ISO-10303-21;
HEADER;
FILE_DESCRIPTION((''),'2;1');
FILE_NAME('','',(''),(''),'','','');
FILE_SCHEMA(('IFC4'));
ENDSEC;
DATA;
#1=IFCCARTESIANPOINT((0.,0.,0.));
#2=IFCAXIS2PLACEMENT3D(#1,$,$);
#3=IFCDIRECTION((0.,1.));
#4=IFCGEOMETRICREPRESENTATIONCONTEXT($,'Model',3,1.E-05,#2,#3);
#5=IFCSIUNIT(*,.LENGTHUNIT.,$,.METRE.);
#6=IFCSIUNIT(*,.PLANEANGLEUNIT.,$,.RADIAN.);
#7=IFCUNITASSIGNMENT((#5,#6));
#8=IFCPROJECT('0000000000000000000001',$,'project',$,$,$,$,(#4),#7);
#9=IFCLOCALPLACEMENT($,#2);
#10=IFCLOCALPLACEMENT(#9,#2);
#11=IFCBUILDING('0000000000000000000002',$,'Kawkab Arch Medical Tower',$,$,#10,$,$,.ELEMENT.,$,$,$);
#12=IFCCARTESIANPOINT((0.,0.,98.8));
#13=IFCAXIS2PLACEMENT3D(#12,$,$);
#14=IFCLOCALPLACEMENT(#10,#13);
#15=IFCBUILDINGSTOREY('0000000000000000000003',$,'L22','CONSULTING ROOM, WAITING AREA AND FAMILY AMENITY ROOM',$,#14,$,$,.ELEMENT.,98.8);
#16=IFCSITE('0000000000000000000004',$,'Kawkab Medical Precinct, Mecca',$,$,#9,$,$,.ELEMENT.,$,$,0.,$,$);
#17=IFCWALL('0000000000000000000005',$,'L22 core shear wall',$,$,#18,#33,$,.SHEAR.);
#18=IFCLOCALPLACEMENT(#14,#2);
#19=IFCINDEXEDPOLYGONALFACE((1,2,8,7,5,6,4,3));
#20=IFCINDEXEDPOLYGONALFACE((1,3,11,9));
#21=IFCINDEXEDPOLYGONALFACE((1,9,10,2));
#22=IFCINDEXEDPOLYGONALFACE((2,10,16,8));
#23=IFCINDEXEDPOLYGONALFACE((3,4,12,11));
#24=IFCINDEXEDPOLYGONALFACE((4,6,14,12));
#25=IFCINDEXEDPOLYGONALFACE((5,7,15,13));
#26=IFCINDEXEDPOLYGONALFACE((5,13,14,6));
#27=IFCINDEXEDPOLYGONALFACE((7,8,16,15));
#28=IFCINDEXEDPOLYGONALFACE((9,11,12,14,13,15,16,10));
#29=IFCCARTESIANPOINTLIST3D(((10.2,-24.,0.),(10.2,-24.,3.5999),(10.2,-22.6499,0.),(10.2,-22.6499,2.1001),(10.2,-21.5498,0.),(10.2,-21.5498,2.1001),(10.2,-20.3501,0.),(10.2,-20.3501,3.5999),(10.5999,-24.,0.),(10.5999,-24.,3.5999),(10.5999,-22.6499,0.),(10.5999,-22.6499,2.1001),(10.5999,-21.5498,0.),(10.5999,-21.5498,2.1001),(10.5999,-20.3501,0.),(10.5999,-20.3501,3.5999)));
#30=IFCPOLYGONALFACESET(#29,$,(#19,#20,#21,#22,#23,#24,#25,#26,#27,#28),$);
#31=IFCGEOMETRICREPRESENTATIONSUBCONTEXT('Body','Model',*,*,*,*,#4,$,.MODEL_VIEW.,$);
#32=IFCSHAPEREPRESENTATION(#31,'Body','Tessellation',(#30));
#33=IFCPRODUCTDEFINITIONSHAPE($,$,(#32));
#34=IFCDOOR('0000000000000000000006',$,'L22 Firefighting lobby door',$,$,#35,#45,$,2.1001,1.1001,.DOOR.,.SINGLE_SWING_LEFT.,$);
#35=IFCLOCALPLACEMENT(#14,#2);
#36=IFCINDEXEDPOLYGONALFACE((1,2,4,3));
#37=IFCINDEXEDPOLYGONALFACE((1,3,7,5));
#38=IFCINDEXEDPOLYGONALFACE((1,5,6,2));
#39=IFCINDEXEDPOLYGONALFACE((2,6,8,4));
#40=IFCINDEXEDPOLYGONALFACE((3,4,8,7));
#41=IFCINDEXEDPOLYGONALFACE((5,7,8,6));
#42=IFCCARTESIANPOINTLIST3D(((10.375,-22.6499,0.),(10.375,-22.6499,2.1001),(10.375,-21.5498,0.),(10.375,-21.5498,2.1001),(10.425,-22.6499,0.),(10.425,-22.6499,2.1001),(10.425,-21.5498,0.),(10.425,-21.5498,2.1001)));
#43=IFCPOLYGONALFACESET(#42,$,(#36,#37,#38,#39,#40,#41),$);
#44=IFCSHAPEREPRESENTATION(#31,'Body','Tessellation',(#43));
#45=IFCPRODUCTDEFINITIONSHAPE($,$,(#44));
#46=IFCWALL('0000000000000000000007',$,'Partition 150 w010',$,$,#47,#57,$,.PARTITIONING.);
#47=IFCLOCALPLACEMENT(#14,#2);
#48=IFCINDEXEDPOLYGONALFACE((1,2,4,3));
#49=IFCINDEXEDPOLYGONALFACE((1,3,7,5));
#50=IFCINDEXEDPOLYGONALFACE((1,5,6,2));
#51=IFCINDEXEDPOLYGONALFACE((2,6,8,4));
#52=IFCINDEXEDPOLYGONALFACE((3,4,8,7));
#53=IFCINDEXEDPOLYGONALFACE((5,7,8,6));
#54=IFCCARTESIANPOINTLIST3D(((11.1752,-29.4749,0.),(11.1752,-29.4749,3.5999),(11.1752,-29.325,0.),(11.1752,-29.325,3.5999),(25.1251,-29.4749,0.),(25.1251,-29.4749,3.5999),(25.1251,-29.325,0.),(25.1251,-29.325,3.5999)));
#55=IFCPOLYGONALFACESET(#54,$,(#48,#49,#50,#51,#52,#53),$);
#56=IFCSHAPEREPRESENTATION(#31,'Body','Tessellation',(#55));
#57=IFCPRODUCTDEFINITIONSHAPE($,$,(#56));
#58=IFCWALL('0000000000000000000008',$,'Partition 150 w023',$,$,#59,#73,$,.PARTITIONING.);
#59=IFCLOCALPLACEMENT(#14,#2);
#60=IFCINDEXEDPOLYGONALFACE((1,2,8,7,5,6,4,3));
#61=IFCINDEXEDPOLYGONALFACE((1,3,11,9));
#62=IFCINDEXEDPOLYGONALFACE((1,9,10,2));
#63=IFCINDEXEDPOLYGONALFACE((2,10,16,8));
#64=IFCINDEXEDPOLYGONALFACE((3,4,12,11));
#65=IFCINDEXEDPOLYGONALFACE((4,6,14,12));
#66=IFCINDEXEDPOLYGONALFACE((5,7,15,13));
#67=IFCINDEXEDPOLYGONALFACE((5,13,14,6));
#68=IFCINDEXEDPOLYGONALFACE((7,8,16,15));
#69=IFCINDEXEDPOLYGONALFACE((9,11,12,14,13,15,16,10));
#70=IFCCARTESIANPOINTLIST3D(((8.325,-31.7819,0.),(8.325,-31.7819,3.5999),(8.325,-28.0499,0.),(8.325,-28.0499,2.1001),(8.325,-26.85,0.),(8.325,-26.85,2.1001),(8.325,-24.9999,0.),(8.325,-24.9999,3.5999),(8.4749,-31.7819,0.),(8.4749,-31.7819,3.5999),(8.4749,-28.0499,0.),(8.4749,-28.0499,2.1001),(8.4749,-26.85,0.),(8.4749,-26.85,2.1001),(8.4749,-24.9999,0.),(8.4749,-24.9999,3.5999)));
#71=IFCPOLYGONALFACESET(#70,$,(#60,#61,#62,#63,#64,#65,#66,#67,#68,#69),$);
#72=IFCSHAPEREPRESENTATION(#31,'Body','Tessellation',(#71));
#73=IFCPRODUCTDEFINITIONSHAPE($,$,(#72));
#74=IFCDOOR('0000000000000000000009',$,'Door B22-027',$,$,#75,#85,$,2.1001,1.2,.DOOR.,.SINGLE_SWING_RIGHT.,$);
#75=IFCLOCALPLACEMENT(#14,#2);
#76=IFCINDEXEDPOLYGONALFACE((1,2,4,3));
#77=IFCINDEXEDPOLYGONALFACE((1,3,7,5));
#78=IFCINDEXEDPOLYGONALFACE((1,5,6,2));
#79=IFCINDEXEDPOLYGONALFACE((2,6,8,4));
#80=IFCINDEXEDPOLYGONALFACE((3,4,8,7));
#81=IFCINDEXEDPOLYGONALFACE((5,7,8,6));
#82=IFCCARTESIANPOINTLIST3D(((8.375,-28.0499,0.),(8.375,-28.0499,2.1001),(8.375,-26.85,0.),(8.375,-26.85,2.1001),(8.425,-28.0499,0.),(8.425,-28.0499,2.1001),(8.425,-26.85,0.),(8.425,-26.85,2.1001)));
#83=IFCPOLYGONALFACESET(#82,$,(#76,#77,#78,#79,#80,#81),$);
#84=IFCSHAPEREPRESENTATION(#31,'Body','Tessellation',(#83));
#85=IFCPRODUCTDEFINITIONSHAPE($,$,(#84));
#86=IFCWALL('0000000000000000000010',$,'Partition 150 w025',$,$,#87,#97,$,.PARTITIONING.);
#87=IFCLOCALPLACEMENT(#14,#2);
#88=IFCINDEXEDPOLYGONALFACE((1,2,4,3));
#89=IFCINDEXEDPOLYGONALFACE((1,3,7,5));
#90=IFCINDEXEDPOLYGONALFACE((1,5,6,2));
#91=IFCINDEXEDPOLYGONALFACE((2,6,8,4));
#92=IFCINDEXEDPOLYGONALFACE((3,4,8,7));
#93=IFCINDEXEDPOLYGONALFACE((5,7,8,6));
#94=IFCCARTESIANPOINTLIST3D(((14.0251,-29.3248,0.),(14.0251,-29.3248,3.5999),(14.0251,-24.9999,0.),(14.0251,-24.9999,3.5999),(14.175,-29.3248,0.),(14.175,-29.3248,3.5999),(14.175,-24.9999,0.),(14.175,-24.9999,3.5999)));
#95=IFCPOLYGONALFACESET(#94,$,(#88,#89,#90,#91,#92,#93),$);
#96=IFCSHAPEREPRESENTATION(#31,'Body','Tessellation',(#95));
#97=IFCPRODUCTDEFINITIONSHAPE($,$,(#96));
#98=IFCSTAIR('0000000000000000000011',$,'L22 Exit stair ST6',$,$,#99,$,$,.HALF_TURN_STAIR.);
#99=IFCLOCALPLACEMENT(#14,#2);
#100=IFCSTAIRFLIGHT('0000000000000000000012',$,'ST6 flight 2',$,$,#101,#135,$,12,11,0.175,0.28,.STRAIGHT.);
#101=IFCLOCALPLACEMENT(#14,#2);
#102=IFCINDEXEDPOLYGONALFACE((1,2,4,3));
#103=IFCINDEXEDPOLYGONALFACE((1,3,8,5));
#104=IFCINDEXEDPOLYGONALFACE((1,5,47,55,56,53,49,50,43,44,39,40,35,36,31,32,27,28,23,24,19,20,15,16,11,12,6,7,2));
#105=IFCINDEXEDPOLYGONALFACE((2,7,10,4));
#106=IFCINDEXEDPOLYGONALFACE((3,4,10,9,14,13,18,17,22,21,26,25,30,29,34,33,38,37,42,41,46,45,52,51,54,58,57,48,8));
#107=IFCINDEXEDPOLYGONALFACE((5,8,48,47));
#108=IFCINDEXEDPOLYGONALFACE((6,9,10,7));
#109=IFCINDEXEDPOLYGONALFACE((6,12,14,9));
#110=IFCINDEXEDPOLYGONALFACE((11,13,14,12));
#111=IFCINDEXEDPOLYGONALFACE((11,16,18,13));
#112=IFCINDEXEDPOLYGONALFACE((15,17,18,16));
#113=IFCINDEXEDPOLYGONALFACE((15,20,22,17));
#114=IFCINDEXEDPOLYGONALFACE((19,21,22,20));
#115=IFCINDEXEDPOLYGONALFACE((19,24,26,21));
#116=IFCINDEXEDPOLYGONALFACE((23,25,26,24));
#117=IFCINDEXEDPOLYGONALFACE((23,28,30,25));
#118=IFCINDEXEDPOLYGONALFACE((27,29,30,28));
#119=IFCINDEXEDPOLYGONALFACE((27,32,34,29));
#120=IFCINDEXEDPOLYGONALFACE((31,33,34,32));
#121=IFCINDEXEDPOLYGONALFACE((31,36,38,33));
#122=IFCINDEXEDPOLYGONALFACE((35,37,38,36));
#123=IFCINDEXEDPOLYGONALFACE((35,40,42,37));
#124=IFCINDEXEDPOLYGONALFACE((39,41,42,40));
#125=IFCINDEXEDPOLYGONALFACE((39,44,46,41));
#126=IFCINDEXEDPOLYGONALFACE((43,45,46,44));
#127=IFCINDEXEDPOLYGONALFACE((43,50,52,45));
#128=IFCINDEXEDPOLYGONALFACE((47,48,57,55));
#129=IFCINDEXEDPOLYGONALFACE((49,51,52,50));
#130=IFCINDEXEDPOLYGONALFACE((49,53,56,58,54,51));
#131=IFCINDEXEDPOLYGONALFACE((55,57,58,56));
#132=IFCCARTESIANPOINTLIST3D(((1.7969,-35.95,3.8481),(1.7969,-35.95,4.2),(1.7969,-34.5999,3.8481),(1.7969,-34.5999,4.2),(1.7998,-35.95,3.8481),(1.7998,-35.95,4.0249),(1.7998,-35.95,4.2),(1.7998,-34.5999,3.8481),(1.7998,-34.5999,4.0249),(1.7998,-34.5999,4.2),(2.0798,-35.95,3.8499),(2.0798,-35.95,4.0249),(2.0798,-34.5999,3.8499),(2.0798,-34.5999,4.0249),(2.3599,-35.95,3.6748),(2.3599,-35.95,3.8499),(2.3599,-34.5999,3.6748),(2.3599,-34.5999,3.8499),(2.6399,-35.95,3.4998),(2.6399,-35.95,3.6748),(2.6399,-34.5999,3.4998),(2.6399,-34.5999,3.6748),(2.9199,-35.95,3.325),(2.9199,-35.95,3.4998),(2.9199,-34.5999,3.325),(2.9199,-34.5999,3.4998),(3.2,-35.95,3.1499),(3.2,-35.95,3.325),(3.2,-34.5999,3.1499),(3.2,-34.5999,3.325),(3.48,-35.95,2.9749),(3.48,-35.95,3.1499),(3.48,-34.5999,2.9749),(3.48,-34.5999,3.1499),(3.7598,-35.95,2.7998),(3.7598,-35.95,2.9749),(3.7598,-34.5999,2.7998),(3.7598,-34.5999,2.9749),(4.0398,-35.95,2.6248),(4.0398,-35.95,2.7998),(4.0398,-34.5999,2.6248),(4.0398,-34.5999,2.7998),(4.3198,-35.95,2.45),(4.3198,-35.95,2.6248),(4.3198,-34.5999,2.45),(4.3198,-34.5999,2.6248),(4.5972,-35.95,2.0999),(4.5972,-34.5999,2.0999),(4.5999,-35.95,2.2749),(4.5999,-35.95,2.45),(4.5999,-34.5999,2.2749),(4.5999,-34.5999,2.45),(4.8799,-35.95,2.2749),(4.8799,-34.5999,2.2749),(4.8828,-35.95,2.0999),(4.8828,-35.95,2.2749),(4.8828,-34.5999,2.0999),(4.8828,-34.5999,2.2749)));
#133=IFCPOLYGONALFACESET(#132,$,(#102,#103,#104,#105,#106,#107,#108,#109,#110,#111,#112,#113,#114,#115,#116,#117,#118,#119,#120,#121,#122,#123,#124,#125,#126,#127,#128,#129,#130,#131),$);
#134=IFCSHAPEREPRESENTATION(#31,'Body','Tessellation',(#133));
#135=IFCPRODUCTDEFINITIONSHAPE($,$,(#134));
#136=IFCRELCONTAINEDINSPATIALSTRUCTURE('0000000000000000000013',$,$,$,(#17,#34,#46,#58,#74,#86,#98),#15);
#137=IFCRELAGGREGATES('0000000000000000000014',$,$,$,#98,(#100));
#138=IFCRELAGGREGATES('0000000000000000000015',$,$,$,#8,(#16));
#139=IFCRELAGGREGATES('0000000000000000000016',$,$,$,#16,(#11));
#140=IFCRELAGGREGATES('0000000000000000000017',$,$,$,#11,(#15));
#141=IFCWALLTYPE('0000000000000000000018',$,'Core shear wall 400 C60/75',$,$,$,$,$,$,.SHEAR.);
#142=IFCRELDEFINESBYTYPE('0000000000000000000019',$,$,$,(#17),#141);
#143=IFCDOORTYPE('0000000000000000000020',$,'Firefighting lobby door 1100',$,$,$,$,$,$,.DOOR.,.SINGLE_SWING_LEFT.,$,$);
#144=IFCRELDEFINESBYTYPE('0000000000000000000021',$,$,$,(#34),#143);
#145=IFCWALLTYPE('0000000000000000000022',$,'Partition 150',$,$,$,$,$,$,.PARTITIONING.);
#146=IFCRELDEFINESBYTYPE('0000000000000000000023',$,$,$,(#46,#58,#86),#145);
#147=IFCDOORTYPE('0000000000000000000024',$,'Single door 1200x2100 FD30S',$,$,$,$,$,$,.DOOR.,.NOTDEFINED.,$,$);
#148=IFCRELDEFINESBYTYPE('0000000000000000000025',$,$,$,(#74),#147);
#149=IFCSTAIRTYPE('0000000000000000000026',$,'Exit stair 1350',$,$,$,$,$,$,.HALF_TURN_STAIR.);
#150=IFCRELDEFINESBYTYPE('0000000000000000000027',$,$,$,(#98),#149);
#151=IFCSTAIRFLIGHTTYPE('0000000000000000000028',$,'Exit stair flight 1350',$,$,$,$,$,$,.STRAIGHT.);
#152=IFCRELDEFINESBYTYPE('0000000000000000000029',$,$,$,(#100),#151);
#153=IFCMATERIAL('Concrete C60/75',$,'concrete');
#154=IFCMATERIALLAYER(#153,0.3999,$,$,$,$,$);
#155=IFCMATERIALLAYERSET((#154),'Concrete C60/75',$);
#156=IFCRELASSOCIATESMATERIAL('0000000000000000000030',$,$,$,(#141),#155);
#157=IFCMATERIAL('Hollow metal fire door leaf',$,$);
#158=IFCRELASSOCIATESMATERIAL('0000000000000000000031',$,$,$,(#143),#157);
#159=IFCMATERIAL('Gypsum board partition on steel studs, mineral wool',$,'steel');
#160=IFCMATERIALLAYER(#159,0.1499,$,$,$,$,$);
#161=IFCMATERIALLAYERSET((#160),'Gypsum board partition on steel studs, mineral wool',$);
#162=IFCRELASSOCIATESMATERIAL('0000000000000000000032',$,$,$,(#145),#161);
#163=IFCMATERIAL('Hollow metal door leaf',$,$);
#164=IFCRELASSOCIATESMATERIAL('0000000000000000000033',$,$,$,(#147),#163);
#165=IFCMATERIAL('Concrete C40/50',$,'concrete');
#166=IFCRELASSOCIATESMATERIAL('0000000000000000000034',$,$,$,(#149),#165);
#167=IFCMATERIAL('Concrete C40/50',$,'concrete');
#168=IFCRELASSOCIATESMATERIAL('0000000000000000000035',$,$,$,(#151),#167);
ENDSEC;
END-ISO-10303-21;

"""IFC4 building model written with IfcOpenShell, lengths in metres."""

from ifc_helpers import new_model, si_unit, direction, frame, frame_2d, origin, place, context, subcontext, project, spatial, polyline, rectangle, outline, extrude, material, layer, layer_set, type_object, element, fill, aggregate, save


model = new_model("IFC4")

# Units and contexts
model_context = context("Model", 3, precision=1e-05, world=origin(), true_north=direction((0.0, 1.0)))
body_context = subcontext(model_context, "Body", "Model", "MODEL_VIEW")
ifc_project = project(units=[si_unit("LENGTHUNIT", "METRE"), si_unit("PLANEANGLEUNIT", "RADIAN")], contexts=[model_context])

# Site, building, storey
site_placement = place(None, origin())
site = spatial("IfcSite", under=ifc_project, at=site_placement, Name="Kawkab Medical Precinct, Mecca", CompositionType="ELEMENT", RefElevation=0.0)
building_placement = place(site_placement, origin())
building = spatial("IfcBuilding", under=site, at=building_placement, Name="Kawkab Arch Medical Tower", CompositionType="ELEMENT")
storey_placement = place(building_placement, frame((0.0, 0.0, 98.8)))
storey = spatial("IfcBuildingStorey", under=building, at=storey_placement, Name="L22", Description="CONSULTING ROOM, WAITING AREA AND FAMILY AMENITY ROOM", CompositionType="ELEMENT", Elevation=98.8)

# Shared definitions
placement = place(storey_placement, origin())

# Wall, opening, door
ifc_material_1 = material(Name="Concrete C60/75", Category="concrete")
ifc_layer_1 = layer(ifc_material_1, 0.3999)
ifc_layer_set_1 = layer_set([ifc_layer_1], Name="Concrete C60/75")
wall_type_1 = type_object("IfcWallType", Name="Core shear wall 400 C60/75", PredefinedType="SHEAR", material=ifc_layer_set_1)
wall_1_placement = place(storey_placement, frame((10.3999, -24.0, 0.0), z_axis=(0.0, 0.0, 1.0), x_axis=(0.0, 1.0, 0.0)))
wall_1 = element("IfcWall", 1, at=wall_1_placement, inside=storey, type_object=wall_type_1, Name="L22 core shear wall", PredefinedType="SHEAR", context=body_context, shape_type="SweptSolid", body=[
    extrude(rectangle(XDim=3.6499, YDim=0.3999, at=frame_2d((1.825, 0.0))), origin(), (0.0, 0.0, 1.0), 3.5999),
])
opening_1_placement = place(wall_1_placement, frame((1.3501, 0.0, 0.0)))
opening_1 = element("IfcOpeningElement", 2, at=opening_1_placement, cuts=wall_1, PredefinedType="OPENING", context=body_context, shape_type="SweptSolid", body=[
    extrude(rectangle(XDim=1.1001, YDim=2.1001, at=frame_2d((0.55, 1.05))), frame((0.0, 0.21, 0.0), z_axis=(0.0, -1.0, 0.0), x_axis=(1.0, 0.0, 0.0)), (0.0, 0.0, 1.0), 0.4199),
])
ifc_material_2 = material(Name="Hollow metal fire door leaf")
door_type_1 = type_object("IfcDoorType", Name="Firefighting lobby door 1100", OperationType="SINGLE_SWING_LEFT", PredefinedType="DOOR", material=ifc_material_2)
door_1_placement = place(opening_1_placement, origin())
door_1 = element("IfcDoor", 3, at=door_1_placement, inside=storey, type_object=door_type_1, Name="L22 Firefighting lobby door", OperationType="SINGLE_SWING_LEFT", OverallHeight=2.1001, OverallWidth=1.1001, PredefinedType="DOOR", context=body_context, shape_type="SweptSolid", body=[
    extrude(rectangle(XDim=1.1001, YDim=2.1001, at=frame_2d((0.55, 1.05))), frame((0.0, 0.0249, 0.0), z_axis=(0.0, -1.0, 0.0), x_axis=(1.0, 0.0, 0.0)), (0.0, 0.0, 1.0), 0.05),
])
fill(opening_1, door_1)

# Wall
ifc_material_3 = material(Name="Gypsum board partition on steel studs, mineral wool", Category="steel")
ifc_layer_2 = layer(ifc_material_3, 0.1499)
ifc_layer_set_2 = layer_set([ifc_layer_2], Name="Gypsum board partition on steel studs, mineral wool")
wall_type_2 = type_object("IfcWallType", Name="Partition 150", PredefinedType="PARTITIONING", material=ifc_layer_set_2)
wall_2_placement = place(storey_placement, frame((11.175, -29.3999, 0.0), z_axis=(0.0, 0.0, 1.0), x_axis=(1.0, 0.0, 0.0)))
element("IfcWall", 4, at=wall_2_placement, inside=storey, type_object=wall_type_2, Name="Partition 150 w010", PredefinedType="PARTITIONING", context=body_context, shape_type="SweptSolid", body=[
    extrude(rectangle(XDim=13.95, YDim=0.1499, at=frame_2d((6.9751, 0.0))), origin(), (0.0, 0.0, 1.0), 3.5999),
])

# Wall, opening, door
wall_3_placement = place(storey_placement, frame((8.3999, -31.782, 0.0), z_axis=(0.0, 0.0, 1.0), x_axis=(0.0, 1.0, 0.0)))
wall_3 = element("IfcWall", 5, at=wall_3_placement, inside=storey, type_object=wall_type_2, Name="Partition 150 w023", PredefinedType="PARTITIONING", context=body_context, shape_type="SweptSolid", body=[
    extrude(rectangle(XDim=6.782, YDim=0.1499, at=frame_2d((3.3911, 0.0))), origin(), (0.0, 0.0, 1.0), 3.5999),
])
opening_2_placement = place(wall_3_placement, frame((3.7319, 0.0, 0.0)))
opening_2 = element("IfcOpeningElement", 6, at=opening_2_placement, cuts=wall_3, PredefinedType="OPENING", context=body_context, shape_type="SweptSolid", body=[
    extrude(rectangle(XDim=1.2, YDim=2.1001, at=frame_2d((0.6001, 1.05))), frame((0.0, 0.085, 0.0), z_axis=(0.0, -1.0, 0.0), x_axis=(1.0, 0.0, 0.0)), (0.0, 0.0, 1.0), 0.1699),
])
ifc_material_4 = material(Name="Hollow metal door leaf")
door_type_2 = type_object("IfcDoorType", Name="Single door 1200x2100 FD30S", OperationType="NOTDEFINED", PredefinedType="DOOR", material=ifc_material_4)
door_2_placement = place(opening_2_placement, origin())
door_2 = element("IfcDoor", 7, at=door_2_placement, inside=storey, type_object=door_type_2, Name="Door B22-027", OperationType="SINGLE_SWING_RIGHT", OverallHeight=2.1001, OverallWidth=1.2, PredefinedType="DOOR", context=body_context, shape_type="SweptSolid", body=[
    extrude(rectangle(XDim=1.2, YDim=2.1001, at=frame_2d((0.6001, 1.05))), frame((0.0, 0.0249, 0.0), z_axis=(0.0, -1.0, 0.0), x_axis=(1.0, 0.0, 0.0)), (0.0, 0.0, 1.0), 0.05),
])
fill(opening_2, door_2)

# Wall
wall_4_placement = place(storey_placement, frame((14.1001, -29.325, 0.0), z_axis=(0.0, 0.0, 1.0), x_axis=(0.0, 1.0, 0.0)))
element("IfcWall", 8, at=wall_4_placement, inside=storey, type_object=wall_type_2, Name="Partition 150 w025", PredefinedType="PARTITIONING", context=body_context, shape_type="SweptSolid", body=[
    extrude(rectangle(XDim=4.325, YDim=0.1499, at=frame_2d((2.1626, 0.0))), origin(), (0.0, 0.0, 1.0), 3.5999),
])

# Stair, stair flight
ifc_material_5 = material(Name="Concrete C40/50", Category="concrete")
stair_type = type_object("IfcStairType", Name="Exit stair 1350", PredefinedType="HALF_TURN_STAIR", material=ifc_material_5)
stair = element("IfcStair", 9, at=placement, inside=storey, type_object=stair_type, Name="L22 Exit stair ST6", PredefinedType="HALF_TURN_STAIR")
ifc_material_6 = material(Name="Concrete C40/50", Category="concrete")
stair_flight_type = type_object("IfcStairFlightType", Name="Exit stair flight 1350", PredefinedType="STRAIGHT", material=ifc_material_6)
stair_flight_placement = place(storey_placement, frame((4.8799, -35.2749, 2.0999), z_axis=(0.0, 0.0, 1.0), x_axis=(-1.0, 0.0, 0.0)))
stair_flight = element("IfcStairFlight", 10, at=stair_flight_placement, type_object=stair_flight_type, Name="ST6 flight 2", NumberOfRisers=12, NumberOfTreads=11, PredefinedType="STRAIGHT", RiserHeight=0.175, TreadLength=0.28, context=body_context, shape_type="SweptSolid", body=[
    extrude(outline(polyline([(-0.0029, 0.0), (-0.0029, 0.175), (0.0, 0.175), (0.28, 0.175), (0.28, 0.3501), (0.5601, 0.3501), (0.5601, 0.5249), (0.8401, 0.5249), (0.8401, 0.7), (1.1201, 0.7), (1.1201, 0.875), (1.3999, 0.875), (1.3999, 1.05), (1.6799, 1.05), (1.6799, 1.2251), (1.96, 1.2251), (1.96, 1.3999), (2.24, 1.3999), (2.24, 1.575), (2.52, 1.575), (2.52, 1.75), (2.8, 1.75), (2.8, 1.925), (3.0801, 1.925), (3.0801, 2.1001), (3.083, 2.1001), (3.083, 1.7483), (3.0801, 1.7483), (0.2827, 0.0), (-0.0029, 0.0)])), frame((0.0, 0.675, 0.0), z_axis=(0.0, -1.0, 0.0), x_axis=(1.0, 0.0, 0.0)), (0.0, 0.0, 1.0), 1.3501),
])
aggregate(stair, [stair_flight])

save(model, "model.ifc")
